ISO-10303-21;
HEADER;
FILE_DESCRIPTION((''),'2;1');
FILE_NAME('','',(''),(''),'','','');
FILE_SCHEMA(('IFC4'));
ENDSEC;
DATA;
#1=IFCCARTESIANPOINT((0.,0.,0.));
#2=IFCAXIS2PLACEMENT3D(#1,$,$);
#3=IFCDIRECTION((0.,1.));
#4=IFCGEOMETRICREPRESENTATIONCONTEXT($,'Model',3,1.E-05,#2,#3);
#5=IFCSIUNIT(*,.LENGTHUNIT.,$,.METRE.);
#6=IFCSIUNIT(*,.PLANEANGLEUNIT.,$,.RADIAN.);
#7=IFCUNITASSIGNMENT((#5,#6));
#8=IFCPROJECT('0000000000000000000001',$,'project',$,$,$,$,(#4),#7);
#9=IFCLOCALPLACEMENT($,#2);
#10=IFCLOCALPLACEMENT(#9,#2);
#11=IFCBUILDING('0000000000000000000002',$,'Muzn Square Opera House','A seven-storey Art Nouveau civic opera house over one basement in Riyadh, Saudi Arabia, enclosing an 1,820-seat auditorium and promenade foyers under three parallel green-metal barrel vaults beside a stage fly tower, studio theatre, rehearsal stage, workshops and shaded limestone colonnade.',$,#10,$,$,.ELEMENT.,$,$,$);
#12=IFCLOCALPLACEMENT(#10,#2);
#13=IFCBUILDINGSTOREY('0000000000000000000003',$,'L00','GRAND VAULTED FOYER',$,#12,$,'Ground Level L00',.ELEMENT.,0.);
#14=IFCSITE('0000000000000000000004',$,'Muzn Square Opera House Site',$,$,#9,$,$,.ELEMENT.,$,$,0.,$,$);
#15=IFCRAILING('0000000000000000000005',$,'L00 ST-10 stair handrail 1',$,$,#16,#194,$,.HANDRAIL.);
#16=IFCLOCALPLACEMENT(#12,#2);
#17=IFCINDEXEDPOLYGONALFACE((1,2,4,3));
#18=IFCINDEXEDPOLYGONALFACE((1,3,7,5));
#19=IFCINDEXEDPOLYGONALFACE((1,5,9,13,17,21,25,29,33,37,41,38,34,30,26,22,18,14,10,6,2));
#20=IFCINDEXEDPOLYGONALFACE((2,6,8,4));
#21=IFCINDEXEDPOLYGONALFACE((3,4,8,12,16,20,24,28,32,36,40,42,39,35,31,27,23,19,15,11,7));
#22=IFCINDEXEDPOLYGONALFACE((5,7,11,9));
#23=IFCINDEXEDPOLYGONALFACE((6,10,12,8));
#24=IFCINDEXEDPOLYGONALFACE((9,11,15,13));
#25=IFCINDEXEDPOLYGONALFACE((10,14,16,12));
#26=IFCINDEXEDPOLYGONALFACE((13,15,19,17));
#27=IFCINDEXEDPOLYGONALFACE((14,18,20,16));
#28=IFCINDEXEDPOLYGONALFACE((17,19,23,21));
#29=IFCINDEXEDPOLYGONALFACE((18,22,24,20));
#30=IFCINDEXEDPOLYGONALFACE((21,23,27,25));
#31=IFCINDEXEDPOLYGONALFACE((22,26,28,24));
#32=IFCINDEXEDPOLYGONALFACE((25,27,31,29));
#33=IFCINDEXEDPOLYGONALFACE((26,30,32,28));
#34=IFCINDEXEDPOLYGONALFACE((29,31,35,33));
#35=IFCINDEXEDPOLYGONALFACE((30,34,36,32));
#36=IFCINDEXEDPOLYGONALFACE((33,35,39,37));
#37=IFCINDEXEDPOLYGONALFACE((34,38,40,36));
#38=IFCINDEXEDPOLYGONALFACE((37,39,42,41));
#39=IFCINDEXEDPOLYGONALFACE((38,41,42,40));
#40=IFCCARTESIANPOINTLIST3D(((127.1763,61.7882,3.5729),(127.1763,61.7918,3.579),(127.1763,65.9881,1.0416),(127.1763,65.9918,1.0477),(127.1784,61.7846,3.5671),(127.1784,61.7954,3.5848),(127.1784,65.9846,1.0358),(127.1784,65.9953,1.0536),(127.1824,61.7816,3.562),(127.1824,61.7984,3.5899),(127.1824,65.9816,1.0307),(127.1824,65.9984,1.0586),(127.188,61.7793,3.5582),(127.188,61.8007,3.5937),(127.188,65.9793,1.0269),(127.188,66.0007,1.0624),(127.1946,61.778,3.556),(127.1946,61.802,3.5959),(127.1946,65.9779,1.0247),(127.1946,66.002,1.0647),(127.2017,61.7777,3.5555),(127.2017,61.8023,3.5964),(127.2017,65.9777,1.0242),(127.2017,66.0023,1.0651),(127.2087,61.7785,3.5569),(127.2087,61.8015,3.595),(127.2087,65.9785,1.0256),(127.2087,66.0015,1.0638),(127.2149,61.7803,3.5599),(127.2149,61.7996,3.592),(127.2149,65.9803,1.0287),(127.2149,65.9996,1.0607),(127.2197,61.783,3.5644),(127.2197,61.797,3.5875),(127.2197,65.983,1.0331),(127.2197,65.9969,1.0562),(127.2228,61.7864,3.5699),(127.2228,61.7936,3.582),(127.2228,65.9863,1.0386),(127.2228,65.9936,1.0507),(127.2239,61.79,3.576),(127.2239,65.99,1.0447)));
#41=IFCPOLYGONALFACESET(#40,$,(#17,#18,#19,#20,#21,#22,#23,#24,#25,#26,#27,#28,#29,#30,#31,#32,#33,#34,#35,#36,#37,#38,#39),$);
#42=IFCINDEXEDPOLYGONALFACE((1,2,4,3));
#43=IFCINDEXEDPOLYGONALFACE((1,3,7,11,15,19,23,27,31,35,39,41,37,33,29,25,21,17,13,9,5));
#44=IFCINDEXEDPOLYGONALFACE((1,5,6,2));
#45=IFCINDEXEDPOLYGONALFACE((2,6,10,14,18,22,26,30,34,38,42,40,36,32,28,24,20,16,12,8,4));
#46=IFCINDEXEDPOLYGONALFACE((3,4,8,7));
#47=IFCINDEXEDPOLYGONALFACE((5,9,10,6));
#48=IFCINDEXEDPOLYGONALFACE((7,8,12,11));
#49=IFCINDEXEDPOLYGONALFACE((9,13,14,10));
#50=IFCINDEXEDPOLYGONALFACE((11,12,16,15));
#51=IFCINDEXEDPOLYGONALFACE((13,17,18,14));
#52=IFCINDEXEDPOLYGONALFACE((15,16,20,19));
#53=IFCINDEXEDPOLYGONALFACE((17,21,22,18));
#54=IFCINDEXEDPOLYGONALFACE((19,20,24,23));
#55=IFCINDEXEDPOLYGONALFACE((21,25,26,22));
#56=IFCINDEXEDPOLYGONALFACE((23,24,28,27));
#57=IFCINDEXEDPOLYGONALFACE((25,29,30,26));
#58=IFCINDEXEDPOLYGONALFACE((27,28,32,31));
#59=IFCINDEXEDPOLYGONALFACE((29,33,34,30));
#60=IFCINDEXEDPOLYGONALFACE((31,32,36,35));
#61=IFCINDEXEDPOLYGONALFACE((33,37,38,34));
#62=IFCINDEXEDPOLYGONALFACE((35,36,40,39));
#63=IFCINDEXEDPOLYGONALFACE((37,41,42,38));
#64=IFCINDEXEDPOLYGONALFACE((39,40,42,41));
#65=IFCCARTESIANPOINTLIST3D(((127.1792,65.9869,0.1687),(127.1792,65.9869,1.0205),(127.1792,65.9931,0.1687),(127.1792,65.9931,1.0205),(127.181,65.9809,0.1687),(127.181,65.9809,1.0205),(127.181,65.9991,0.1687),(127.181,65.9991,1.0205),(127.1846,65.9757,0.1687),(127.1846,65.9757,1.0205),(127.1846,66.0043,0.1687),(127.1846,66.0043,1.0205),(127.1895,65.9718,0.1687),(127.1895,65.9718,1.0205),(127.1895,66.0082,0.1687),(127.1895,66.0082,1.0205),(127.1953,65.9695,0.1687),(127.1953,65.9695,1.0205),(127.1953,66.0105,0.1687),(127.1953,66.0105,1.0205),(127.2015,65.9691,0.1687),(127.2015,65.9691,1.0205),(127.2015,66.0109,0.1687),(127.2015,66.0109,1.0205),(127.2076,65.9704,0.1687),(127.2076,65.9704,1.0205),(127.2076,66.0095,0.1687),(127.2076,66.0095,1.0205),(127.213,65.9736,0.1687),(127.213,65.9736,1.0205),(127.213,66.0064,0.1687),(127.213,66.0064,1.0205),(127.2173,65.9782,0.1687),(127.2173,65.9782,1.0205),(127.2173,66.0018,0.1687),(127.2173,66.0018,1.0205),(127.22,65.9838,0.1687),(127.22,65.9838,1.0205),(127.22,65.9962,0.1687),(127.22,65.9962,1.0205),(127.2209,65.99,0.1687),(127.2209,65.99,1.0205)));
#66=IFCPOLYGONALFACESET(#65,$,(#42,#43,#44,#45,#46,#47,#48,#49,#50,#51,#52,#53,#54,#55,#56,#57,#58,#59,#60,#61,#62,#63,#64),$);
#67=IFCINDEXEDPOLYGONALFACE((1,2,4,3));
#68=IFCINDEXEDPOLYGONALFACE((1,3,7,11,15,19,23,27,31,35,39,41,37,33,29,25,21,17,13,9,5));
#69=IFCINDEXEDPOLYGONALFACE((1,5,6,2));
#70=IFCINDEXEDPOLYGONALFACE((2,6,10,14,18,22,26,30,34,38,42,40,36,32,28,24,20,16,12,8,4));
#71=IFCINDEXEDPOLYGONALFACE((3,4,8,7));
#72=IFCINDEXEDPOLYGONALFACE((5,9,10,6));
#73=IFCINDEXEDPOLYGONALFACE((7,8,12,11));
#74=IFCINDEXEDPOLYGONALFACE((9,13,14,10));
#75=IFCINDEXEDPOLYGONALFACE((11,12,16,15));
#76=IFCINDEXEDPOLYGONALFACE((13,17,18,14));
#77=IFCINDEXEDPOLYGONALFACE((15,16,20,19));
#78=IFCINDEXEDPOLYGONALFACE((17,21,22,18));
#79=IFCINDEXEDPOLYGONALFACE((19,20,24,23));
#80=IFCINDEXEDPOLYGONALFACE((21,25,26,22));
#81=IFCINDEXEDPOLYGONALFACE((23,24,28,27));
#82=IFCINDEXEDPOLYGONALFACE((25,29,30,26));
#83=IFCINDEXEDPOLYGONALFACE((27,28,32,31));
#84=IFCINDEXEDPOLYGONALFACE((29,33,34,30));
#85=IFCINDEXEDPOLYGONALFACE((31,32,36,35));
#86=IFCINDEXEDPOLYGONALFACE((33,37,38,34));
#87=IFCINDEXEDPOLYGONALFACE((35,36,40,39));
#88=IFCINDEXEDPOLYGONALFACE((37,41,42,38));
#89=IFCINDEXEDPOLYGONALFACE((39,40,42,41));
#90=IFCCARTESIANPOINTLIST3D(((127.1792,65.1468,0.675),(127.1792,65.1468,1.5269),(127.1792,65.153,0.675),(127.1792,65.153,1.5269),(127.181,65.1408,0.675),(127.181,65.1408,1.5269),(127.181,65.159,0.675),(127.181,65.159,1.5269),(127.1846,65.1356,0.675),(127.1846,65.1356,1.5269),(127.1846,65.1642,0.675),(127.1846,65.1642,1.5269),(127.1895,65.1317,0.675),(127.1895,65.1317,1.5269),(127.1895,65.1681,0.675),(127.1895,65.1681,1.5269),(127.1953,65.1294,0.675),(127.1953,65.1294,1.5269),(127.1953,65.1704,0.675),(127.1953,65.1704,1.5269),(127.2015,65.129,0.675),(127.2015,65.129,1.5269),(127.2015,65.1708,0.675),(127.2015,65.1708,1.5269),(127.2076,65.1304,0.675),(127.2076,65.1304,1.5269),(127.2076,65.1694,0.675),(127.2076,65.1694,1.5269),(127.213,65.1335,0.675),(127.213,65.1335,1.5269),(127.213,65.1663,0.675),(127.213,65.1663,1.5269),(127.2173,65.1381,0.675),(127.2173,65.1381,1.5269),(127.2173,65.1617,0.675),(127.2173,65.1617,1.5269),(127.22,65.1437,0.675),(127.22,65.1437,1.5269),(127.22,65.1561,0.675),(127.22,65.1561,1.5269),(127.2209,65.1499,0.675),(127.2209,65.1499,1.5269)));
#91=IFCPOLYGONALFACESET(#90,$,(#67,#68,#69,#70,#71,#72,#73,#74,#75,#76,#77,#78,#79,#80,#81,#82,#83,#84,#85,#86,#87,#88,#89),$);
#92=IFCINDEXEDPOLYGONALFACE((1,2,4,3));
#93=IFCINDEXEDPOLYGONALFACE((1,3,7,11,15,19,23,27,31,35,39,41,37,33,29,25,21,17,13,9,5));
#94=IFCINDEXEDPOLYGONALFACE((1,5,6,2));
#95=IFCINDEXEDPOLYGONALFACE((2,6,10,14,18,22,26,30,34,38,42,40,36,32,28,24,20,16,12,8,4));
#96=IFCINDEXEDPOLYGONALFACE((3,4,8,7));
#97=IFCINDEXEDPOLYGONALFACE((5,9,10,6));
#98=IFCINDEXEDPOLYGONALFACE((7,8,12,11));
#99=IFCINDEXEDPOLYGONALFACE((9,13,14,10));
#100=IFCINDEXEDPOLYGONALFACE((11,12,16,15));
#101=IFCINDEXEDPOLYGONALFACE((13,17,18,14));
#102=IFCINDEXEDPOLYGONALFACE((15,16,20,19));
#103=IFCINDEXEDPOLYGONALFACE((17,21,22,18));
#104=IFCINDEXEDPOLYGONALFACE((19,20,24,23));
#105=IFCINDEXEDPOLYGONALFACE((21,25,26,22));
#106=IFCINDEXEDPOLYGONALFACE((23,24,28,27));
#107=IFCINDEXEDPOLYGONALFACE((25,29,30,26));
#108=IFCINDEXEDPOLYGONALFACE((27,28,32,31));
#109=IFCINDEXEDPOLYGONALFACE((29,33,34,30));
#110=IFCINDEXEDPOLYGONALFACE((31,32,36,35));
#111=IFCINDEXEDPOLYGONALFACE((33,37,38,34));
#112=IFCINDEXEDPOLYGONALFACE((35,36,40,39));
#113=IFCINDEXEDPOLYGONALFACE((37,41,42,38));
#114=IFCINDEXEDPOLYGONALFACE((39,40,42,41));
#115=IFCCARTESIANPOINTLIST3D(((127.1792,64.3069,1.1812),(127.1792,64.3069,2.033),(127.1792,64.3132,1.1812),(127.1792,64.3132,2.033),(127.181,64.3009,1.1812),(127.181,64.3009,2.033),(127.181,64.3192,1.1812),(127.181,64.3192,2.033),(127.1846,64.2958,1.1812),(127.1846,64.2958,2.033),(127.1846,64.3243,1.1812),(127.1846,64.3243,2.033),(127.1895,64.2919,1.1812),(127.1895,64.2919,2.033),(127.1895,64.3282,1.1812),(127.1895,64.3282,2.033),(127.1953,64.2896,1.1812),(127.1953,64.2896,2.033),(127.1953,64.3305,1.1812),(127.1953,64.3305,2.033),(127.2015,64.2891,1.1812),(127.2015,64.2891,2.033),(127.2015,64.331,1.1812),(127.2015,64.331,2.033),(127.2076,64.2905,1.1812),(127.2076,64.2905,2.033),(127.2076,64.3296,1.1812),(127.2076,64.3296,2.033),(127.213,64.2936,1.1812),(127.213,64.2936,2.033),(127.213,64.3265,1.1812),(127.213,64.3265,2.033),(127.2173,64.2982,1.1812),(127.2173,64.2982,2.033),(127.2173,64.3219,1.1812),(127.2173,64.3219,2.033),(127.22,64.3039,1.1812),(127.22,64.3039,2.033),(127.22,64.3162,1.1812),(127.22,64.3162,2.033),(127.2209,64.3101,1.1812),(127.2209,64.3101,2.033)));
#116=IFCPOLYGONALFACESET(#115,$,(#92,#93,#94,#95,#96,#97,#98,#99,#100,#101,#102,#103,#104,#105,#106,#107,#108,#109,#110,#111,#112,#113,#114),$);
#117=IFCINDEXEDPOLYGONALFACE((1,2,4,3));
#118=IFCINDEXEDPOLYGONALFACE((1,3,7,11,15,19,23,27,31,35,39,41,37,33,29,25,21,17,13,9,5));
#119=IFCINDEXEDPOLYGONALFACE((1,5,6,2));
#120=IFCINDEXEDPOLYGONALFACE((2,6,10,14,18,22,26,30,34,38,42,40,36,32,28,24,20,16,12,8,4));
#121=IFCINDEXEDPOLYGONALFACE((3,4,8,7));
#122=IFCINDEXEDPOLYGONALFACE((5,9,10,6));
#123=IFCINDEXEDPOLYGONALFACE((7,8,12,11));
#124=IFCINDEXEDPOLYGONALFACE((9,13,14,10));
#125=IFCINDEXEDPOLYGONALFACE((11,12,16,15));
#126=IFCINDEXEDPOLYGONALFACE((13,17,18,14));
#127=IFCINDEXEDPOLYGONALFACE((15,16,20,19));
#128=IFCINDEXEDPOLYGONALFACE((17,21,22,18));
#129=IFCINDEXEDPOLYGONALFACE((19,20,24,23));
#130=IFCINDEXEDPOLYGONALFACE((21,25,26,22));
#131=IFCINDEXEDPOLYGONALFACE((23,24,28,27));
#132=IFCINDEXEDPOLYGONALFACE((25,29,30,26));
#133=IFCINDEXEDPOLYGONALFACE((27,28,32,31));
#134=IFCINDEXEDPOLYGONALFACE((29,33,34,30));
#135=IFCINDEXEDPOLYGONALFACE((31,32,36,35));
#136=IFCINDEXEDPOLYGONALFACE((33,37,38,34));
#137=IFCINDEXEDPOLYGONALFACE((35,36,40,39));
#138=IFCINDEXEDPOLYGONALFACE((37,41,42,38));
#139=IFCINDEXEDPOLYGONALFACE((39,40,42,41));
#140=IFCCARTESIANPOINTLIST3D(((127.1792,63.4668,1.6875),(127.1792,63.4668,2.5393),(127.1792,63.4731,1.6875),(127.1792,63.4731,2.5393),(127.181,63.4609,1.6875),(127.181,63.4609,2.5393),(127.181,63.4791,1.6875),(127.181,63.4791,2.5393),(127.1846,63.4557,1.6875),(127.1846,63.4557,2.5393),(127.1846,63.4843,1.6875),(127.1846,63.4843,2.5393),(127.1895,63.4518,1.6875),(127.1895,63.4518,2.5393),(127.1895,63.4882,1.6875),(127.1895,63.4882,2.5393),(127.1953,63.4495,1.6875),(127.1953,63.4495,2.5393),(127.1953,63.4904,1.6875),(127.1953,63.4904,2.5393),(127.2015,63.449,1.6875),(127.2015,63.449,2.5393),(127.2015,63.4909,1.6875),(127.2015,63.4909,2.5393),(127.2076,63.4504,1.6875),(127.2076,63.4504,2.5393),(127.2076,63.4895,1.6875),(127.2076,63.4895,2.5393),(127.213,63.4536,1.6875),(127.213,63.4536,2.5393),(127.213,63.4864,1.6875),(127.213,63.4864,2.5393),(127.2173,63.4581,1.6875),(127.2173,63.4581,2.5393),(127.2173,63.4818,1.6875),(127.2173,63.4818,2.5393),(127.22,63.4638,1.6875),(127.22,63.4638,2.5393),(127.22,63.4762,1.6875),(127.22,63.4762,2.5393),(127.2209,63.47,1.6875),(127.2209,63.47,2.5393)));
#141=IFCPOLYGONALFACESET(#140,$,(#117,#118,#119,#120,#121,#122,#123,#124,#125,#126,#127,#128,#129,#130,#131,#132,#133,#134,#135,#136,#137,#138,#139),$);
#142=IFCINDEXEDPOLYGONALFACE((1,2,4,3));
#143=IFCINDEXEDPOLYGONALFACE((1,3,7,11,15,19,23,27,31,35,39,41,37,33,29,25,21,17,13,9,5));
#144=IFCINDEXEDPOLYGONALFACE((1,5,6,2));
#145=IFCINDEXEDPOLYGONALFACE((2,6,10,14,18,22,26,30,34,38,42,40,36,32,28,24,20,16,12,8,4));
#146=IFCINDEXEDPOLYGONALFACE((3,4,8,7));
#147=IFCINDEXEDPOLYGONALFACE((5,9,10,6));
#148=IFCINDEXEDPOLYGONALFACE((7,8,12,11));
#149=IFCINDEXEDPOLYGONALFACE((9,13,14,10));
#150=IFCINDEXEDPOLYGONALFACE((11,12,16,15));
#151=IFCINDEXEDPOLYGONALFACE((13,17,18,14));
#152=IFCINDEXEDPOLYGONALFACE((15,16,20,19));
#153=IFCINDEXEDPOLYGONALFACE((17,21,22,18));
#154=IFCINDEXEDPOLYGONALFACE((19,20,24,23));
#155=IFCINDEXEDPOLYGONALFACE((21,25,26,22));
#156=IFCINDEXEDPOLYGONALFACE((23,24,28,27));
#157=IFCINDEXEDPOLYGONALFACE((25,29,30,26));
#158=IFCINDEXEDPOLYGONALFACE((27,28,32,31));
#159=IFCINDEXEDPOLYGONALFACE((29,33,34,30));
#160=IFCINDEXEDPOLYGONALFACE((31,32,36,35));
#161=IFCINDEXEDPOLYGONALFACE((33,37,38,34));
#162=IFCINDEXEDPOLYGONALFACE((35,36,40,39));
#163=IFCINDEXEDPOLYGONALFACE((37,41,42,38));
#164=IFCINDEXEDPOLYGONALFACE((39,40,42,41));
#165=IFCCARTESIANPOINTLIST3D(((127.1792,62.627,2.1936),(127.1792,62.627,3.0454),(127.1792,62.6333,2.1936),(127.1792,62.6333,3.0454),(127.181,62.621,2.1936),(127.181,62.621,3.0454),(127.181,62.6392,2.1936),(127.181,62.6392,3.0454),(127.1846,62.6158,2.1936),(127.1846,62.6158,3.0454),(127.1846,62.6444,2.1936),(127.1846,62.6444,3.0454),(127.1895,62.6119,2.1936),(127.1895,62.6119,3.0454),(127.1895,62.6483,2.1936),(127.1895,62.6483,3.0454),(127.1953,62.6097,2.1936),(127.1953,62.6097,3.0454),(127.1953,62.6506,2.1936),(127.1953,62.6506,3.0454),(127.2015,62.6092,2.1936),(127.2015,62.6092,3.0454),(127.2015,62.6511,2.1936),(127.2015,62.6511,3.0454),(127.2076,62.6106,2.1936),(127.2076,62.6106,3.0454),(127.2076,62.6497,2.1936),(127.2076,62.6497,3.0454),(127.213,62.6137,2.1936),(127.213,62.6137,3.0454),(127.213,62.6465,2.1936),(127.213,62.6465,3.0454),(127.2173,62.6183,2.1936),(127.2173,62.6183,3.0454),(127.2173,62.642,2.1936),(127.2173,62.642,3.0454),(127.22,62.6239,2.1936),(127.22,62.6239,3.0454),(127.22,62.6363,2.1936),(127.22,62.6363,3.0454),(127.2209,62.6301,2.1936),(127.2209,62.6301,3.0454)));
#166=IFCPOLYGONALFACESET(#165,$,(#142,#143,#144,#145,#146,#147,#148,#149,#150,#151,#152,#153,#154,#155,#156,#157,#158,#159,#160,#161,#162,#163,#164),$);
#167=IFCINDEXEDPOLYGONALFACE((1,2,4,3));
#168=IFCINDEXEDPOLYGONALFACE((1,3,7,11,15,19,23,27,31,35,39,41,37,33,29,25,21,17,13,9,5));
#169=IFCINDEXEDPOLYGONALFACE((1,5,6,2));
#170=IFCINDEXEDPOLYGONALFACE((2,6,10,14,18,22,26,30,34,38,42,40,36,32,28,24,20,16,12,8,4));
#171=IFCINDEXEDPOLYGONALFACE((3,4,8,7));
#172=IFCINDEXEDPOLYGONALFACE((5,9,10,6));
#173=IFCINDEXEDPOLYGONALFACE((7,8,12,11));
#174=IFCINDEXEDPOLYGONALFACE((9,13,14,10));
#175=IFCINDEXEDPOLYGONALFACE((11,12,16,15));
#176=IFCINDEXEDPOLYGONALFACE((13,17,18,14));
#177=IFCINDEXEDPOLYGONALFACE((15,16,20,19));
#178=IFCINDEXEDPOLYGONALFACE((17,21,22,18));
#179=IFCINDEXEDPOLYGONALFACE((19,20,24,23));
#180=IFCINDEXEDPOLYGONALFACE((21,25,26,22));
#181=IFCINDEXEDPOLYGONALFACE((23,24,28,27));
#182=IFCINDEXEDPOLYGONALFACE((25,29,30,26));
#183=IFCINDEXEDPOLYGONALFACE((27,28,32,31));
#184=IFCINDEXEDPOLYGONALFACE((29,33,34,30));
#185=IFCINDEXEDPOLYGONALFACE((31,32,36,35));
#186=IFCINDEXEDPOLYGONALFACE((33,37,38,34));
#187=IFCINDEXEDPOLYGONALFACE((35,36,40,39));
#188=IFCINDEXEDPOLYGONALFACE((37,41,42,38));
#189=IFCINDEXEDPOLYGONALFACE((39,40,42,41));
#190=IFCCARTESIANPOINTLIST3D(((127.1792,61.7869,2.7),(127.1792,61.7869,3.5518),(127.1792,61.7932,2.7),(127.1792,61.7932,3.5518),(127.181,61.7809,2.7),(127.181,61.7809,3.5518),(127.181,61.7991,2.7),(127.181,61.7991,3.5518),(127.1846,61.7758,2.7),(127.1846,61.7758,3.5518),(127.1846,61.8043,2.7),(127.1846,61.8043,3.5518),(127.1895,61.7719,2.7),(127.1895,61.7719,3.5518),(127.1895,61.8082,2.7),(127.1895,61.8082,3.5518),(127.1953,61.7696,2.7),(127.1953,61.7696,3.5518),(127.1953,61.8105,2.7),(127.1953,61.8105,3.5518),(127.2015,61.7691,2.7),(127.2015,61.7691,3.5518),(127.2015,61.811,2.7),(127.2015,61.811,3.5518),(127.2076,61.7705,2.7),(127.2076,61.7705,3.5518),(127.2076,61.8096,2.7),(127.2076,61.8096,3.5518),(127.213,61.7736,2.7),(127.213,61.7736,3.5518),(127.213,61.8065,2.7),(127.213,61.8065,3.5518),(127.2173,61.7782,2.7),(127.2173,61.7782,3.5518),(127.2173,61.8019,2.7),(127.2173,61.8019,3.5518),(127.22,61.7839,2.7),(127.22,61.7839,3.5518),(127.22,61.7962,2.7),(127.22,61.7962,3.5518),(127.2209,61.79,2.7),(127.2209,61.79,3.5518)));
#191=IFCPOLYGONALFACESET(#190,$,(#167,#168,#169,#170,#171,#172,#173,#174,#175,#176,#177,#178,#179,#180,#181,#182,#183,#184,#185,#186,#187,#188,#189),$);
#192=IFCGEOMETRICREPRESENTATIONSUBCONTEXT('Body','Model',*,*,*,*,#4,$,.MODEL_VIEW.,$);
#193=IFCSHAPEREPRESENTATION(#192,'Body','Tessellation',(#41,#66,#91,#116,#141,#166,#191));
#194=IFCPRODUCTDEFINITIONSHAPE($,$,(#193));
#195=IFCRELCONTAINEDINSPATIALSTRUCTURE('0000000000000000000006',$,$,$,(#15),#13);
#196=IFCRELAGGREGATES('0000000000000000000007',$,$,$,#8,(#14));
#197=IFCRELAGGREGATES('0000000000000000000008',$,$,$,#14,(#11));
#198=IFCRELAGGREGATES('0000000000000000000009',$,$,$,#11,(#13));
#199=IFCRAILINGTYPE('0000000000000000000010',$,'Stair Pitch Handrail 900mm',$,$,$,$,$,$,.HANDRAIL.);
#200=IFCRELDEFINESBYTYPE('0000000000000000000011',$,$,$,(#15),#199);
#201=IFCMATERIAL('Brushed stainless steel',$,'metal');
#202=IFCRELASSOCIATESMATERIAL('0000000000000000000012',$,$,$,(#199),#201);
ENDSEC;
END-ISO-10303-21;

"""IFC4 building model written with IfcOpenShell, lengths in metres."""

from ifc_helpers import new_model, si_unit, direction, frame, origin, origin_2d, place, context, subcontext, project, spatial, circle, extrude, material, type_object, element, save


model = new_model("IFC4")

# Units and contexts
model_context = context("Model", 3, precision=1e-05, world=origin(), true_north=direction((0.0, 1.0)))
body_context = subcontext(model_context, "Body", "Model", "MODEL_VIEW")
ifc_project = project(units=[si_unit("LENGTHUNIT", "METRE"), si_unit("PLANEANGLEUNIT", "RADIAN")], contexts=[model_context])

# Site, building, storey
site_placement = place(None, origin())
site = spatial("IfcSite", under=ifc_project, at=site_placement, Name="Muzn Square Opera House Site", CompositionType="ELEMENT", RefElevation=0.0)
building_placement = place(site_placement, origin())
building = spatial("IfcBuilding", under=site, at=building_placement, Name="Muzn Square Opera House", Description="A seven-storey Art Nouveau civic opera house over one basement in Riyadh, Saudi Arabia, enclosing an 1,820-seat auditorium and promenade foyers under three parallel green-metal barrel vaults beside a stage fly tower, studio theatre, rehearsal stage, workshops and shaded limestone colonnade.", CompositionType="ELEMENT")
storey_placement = place(building_placement, origin())
storey = spatial("IfcBuildingStorey", under=building, at=storey_placement, Name="L00", Description="GRAND VAULTED FOYER", LongName="Ground Level L00", CompositionType="ELEMENT", Elevation=0.0)

# Railing
ifc_material_1 = material(Name="Brushed stainless steel", Category="metal")
railing_type_1 = type_object("IfcRailingType", Name="Stair Pitch Handrail 900mm", PredefinedType="HANDRAIL", material=ifc_material_1)
railing_1_placement = place(storey_placement, frame((127.2, 65.99, 0.1687)))
element("IfcRailing", 1, at=railing_1_placement, inside=storey, type_object=railing_type_1, Name="L00 ST-10 stair handrail 1", PredefinedType="HANDRAIL", context=body_context, shape_type="SweptSolid", body=[
    extrude(circle(Radius=0.0239, at=origin_2d()), frame((0.0, 0.0, 0.876), z_axis=(0.0, -0.856476, 0.516186), x_axis=(1.0, 0.0, 0.0)), (0.0, 0.0, 1.0), 4.9038),
    extrude(circle(Radius=0.021, at=origin_2d()), origin(), (0.0, 0.0, 1.0), 0.8518),
    extrude(circle(Radius=0.021, at=origin_2d()), frame((0.0, -0.8401, 0.5063)), (0.0, 0.0, 1.0), 0.8518),
    extrude(circle(Radius=0.021, at=origin_2d()), frame((0.0, -1.6799, 1.0125)), (0.0, 0.0, 1.0), 0.8518),
    extrude(circle(Radius=0.021, at=origin_2d()), frame((0.0, -2.52, 1.5188)), (0.0, 0.0, 1.0), 0.8518),
    extrude(circle(Radius=0.021, at=origin_2d()), frame((0.0, -3.3599, 2.0249)), (0.0, 0.0, 1.0), 0.8518),
    extrude(circle(Radius=0.021, at=origin_2d()), frame((0.0, -4.2, 2.5312)), (0.0, 0.0, 1.0), 0.8518),
])

save(model, "model.ifc")
